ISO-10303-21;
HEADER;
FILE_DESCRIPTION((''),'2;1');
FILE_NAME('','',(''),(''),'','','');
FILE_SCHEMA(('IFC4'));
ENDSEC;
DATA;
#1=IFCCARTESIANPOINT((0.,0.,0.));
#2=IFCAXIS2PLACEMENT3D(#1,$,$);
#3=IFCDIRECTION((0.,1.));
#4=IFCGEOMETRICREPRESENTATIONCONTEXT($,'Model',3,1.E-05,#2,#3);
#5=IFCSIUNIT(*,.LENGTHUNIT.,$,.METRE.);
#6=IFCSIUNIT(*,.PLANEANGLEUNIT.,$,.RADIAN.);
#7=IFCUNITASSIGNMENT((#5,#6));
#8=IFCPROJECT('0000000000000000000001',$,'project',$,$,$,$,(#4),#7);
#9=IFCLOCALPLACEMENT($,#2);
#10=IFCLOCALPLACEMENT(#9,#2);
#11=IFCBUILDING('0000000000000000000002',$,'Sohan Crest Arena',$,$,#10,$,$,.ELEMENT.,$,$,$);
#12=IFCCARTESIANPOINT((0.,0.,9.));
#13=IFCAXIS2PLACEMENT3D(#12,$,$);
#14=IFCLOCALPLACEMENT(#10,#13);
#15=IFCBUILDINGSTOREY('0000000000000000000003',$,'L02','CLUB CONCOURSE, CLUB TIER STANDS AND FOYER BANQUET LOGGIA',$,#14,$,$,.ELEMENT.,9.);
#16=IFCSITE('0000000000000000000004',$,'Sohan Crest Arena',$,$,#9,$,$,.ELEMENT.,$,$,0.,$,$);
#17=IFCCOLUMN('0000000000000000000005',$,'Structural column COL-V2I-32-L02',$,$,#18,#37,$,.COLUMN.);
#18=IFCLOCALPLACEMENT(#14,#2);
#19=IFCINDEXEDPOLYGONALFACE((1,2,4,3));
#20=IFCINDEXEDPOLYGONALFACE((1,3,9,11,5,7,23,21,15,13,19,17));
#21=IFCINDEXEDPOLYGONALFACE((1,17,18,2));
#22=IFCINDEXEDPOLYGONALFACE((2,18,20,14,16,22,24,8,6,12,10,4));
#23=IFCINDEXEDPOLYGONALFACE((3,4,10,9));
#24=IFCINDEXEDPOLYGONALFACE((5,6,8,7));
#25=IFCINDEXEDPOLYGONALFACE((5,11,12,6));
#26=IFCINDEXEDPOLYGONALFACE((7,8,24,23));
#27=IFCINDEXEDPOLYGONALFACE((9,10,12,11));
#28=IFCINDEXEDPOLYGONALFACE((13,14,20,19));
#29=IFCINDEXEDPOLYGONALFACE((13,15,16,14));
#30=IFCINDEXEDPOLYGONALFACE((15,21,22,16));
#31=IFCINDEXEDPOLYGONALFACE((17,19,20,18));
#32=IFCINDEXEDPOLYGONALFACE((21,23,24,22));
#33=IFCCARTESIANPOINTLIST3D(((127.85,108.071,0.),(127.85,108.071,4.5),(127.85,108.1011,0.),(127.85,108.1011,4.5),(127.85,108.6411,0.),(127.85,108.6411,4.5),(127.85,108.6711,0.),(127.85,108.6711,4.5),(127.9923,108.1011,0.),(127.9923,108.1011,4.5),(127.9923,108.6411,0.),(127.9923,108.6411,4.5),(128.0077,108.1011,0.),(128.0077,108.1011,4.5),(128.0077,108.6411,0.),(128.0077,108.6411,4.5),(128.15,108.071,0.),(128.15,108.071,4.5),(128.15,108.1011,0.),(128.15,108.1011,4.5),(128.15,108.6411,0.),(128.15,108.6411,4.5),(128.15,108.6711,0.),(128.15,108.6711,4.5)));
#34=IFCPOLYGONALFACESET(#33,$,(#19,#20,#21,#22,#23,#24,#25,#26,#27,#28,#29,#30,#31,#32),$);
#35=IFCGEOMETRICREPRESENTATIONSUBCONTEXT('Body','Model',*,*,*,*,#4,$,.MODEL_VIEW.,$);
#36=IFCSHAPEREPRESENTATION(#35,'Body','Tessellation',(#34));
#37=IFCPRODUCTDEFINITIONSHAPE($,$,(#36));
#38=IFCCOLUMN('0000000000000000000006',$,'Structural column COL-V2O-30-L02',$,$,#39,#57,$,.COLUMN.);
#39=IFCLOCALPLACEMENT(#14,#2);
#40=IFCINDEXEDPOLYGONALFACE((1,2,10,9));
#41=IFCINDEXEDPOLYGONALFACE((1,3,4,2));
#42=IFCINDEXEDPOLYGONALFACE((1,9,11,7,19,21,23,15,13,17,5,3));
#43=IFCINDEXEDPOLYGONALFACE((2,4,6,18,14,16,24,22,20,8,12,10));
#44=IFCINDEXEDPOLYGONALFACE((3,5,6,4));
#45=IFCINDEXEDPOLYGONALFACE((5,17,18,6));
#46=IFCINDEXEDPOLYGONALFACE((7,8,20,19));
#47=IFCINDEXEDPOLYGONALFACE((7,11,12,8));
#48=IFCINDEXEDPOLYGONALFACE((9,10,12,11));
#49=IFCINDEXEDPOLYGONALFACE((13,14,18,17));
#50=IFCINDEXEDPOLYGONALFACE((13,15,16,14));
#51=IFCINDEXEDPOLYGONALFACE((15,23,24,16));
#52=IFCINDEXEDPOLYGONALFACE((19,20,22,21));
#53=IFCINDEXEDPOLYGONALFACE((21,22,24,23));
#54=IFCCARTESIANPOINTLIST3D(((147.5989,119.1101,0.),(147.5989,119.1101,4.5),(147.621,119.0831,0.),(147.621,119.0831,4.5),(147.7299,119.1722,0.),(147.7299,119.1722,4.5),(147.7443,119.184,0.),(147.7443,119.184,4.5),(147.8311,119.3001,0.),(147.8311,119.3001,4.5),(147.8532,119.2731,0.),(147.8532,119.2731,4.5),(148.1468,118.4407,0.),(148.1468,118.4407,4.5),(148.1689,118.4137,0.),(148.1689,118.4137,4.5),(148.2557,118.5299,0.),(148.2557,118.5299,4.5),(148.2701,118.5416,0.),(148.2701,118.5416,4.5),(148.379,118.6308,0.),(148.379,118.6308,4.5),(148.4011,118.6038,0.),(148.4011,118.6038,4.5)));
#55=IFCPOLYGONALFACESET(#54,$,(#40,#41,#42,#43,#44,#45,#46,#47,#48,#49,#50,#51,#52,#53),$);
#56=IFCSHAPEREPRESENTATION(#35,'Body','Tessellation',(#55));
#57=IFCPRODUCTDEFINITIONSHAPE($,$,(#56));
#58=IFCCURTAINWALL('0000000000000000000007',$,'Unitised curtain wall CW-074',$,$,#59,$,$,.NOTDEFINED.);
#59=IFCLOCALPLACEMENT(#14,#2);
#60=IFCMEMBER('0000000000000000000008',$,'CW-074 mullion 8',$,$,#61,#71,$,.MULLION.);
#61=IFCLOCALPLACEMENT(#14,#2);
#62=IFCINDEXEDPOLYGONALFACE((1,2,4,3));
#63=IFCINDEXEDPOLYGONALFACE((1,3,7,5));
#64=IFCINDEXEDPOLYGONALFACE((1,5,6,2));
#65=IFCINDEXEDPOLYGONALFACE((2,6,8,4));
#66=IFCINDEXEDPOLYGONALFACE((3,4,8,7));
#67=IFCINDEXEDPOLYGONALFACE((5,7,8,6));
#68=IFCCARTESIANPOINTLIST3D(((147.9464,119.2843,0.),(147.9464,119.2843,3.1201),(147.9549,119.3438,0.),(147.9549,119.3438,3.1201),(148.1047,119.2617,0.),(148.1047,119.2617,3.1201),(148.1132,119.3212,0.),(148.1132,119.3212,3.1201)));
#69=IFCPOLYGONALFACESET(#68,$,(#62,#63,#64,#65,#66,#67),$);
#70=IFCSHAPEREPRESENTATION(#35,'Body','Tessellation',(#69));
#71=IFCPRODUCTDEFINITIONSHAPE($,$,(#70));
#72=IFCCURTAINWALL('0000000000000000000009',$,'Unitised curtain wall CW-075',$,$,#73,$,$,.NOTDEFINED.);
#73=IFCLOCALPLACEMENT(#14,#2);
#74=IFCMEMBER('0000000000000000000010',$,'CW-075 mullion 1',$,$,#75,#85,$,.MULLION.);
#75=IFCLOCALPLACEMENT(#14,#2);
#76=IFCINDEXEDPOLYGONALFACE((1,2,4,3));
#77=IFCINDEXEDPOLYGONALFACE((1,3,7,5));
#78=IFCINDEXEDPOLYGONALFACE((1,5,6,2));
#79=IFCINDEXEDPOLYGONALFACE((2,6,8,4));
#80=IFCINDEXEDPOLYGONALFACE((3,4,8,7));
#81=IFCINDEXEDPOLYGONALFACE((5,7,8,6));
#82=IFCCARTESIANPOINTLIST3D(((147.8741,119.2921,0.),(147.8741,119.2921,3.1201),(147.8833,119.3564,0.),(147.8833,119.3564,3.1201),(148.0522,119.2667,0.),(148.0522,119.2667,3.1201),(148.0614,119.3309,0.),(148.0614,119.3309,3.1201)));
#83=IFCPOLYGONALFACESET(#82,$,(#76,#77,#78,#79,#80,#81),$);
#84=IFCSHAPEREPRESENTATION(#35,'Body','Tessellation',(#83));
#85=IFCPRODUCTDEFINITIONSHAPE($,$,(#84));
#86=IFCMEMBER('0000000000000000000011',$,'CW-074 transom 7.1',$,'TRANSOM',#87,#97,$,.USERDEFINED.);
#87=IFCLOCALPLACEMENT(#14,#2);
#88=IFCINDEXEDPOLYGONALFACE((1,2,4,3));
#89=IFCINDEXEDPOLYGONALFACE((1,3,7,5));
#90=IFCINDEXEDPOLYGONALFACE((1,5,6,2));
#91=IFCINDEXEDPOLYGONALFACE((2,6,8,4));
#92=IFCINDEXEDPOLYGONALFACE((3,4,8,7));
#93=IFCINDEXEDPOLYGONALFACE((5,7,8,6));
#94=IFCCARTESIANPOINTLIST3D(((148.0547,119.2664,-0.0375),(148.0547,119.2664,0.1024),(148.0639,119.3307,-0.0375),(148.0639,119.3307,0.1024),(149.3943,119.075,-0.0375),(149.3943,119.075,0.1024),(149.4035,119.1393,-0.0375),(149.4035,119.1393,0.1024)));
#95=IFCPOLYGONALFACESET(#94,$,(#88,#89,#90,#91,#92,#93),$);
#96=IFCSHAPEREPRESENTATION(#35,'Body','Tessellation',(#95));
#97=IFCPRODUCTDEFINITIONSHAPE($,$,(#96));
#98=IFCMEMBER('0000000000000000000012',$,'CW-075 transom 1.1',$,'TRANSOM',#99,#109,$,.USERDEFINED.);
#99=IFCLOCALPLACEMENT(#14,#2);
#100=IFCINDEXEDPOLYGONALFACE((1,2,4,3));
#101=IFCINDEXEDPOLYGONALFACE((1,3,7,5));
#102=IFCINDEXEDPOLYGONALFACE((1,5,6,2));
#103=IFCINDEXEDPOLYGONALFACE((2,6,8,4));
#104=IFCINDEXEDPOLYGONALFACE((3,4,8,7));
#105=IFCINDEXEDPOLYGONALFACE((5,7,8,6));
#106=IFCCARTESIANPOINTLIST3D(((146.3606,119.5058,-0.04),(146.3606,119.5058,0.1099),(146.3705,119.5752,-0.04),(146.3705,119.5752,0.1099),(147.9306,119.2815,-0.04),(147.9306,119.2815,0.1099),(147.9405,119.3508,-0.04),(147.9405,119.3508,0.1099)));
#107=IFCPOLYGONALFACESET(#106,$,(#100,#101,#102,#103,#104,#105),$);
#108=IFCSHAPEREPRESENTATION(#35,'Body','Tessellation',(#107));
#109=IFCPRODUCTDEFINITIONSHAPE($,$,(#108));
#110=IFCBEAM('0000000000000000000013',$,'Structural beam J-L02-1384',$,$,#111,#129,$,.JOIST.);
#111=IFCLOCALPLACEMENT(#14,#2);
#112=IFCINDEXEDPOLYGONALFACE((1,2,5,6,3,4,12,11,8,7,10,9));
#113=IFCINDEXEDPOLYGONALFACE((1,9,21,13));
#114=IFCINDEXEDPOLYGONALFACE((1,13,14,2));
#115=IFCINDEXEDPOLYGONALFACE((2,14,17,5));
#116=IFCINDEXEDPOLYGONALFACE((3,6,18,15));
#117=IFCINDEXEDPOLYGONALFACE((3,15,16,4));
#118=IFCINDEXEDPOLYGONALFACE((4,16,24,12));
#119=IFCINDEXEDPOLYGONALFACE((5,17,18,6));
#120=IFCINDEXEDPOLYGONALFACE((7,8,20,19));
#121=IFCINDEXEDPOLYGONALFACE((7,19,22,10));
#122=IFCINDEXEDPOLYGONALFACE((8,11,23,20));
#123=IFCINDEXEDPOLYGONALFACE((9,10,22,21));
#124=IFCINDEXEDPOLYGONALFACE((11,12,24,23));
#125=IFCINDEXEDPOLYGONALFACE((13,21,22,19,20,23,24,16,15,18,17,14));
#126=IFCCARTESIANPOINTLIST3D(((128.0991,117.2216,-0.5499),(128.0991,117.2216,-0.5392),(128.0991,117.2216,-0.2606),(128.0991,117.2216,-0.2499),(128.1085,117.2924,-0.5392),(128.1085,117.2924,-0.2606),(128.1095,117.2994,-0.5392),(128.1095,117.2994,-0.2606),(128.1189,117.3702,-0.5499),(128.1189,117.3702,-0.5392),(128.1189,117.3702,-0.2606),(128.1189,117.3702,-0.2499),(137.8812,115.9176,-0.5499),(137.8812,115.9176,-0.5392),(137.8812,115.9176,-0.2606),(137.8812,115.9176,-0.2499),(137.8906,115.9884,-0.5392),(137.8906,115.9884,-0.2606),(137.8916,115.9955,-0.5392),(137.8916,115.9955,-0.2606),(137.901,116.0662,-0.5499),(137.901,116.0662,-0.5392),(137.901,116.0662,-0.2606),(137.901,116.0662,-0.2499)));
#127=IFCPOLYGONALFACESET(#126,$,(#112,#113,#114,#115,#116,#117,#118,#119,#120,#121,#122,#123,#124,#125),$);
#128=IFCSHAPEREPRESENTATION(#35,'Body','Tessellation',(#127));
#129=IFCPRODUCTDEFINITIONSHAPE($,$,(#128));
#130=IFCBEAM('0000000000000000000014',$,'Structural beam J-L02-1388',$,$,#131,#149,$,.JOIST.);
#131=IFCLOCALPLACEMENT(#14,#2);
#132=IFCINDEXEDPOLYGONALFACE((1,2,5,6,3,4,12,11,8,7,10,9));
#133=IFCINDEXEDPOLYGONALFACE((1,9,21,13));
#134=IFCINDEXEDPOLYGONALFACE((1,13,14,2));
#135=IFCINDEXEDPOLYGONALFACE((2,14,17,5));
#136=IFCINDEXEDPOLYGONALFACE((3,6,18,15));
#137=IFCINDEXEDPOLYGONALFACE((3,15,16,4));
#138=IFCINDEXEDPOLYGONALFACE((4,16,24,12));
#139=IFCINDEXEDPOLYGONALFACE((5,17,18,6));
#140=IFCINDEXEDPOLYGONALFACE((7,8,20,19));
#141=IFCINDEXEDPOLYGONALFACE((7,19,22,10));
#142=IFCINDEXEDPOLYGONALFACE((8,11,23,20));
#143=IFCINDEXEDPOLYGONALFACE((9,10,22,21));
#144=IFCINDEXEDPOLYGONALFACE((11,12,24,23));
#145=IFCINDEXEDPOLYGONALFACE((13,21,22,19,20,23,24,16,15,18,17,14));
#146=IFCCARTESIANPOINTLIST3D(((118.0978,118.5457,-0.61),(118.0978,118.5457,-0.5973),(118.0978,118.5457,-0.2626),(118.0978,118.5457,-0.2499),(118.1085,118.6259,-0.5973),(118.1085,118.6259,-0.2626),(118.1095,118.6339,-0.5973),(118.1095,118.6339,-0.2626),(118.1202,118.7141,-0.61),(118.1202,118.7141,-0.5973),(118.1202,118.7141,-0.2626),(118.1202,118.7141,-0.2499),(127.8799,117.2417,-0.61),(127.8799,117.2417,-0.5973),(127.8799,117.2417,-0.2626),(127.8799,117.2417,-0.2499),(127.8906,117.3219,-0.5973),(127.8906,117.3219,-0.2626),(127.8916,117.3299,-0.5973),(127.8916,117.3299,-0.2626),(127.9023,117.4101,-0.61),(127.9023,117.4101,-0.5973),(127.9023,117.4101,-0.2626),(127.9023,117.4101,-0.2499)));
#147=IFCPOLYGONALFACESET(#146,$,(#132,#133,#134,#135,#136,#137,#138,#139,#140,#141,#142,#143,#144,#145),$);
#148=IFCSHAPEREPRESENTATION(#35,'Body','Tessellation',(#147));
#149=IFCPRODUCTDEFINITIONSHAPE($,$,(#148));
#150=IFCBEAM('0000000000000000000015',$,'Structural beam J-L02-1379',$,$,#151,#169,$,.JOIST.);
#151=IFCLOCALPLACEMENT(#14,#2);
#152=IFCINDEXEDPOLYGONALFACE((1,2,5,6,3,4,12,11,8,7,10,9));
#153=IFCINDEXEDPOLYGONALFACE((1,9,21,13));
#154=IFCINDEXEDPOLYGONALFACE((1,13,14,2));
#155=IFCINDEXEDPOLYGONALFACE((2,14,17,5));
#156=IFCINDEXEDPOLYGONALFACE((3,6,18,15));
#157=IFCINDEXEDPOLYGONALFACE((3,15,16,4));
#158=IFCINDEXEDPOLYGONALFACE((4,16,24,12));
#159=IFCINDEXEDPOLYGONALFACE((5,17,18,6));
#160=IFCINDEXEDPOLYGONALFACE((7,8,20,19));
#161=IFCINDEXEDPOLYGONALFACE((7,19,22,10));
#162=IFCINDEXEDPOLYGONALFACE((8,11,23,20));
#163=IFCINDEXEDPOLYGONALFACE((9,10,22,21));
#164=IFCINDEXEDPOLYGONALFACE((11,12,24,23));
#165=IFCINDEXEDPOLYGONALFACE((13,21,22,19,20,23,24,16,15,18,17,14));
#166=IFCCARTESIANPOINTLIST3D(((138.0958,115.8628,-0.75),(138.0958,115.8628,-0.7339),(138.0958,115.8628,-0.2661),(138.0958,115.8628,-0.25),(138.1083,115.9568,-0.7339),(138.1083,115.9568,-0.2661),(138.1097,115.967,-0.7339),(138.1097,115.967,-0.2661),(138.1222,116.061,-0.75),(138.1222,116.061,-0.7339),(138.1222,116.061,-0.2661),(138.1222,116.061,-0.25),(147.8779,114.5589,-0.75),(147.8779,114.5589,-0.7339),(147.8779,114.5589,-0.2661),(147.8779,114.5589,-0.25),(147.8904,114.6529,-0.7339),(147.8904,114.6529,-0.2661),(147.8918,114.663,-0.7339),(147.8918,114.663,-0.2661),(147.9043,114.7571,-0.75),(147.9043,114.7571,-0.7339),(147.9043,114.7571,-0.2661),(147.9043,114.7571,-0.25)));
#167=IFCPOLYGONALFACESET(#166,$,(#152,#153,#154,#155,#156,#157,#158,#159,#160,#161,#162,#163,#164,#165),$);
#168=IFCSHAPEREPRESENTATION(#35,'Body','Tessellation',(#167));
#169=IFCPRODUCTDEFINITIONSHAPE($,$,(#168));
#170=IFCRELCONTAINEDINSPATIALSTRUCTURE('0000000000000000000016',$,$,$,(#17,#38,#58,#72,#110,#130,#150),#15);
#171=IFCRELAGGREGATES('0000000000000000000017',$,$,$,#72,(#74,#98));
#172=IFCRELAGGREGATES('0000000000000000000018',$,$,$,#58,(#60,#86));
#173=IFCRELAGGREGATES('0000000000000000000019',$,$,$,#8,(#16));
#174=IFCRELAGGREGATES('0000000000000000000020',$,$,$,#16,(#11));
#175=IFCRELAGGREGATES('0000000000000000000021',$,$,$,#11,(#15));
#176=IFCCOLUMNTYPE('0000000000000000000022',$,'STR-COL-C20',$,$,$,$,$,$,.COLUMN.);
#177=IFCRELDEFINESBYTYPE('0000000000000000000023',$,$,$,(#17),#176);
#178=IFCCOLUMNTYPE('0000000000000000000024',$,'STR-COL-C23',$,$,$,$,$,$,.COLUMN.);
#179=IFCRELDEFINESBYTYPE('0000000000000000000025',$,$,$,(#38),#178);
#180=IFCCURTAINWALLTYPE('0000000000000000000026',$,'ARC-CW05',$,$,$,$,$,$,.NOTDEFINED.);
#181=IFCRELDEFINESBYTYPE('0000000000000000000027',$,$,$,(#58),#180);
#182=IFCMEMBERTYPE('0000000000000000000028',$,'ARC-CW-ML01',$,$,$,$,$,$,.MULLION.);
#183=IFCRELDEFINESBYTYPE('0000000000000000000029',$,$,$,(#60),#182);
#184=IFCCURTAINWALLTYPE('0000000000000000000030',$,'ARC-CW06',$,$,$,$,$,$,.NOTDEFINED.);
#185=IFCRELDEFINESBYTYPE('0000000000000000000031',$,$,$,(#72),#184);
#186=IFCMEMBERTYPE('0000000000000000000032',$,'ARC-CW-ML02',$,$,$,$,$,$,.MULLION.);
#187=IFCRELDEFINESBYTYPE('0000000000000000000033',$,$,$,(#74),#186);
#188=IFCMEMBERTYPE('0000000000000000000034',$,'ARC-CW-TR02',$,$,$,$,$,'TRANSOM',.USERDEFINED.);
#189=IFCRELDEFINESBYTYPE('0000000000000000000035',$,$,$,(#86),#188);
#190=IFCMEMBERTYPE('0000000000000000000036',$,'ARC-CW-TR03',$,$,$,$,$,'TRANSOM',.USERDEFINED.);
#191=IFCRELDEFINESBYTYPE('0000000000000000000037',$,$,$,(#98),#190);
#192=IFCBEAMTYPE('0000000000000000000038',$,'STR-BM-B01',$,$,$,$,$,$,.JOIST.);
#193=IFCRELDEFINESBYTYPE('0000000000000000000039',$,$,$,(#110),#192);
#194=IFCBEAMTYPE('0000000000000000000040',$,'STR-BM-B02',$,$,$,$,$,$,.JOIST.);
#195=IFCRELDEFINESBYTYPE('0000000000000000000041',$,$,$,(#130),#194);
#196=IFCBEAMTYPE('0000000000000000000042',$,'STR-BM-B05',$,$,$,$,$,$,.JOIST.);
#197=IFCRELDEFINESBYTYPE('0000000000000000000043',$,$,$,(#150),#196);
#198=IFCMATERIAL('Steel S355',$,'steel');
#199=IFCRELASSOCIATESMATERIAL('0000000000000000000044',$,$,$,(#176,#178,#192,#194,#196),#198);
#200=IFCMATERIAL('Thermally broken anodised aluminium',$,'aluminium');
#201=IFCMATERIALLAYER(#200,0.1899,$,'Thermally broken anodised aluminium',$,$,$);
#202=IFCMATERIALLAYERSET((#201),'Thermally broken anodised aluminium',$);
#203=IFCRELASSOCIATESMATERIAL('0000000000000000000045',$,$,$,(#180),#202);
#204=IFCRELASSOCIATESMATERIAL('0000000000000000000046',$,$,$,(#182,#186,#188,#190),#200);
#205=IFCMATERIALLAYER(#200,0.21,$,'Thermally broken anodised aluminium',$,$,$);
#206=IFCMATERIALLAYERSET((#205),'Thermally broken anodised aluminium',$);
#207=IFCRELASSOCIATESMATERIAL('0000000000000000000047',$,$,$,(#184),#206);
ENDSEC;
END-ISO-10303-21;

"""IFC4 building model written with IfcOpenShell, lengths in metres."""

from ifc_helpers import new_model, si_unit, direction, frame, origin, origin_2d, place, context, subcontext, project, spatial, rectangle, i_section, extrude, material, layer, layer_set, material_profile, profile_set, type_object, element, aggregate, save


model = new_model("IFC4")

# Units and contexts
model_context = context("Model", 3, precision=1e-05, world=origin(), true_north=direction((0.0, 1.0)))
body_context = subcontext(model_context, "Body", "Model", "MODEL_VIEW")
ifc_project = project(units=[si_unit("LENGTHUNIT", "METRE"), si_unit("PLANEANGLEUNIT", "RADIAN")], contexts=[model_context])

# Site, building, storey
site_placement = place(None, origin())
site = spatial("IfcSite", under=ifc_project, at=site_placement, Name="Sohan Crest Arena", CompositionType="ELEMENT", RefElevation=0.0)
building_placement = place(site_placement, origin())
building = spatial("IfcBuilding", under=site, at=building_placement, Name="Sohan Crest Arena", CompositionType="ELEMENT")
storey_placement = place(building_placement, frame((0.0, 0.0, 9.0)))
storey = spatial("IfcBuildingStorey", under=building, at=storey_placement, Name="L02", Description="CLUB CONCOURSE, CLUB TIER STANDS AND FOYER BANQUET LOGGIA", CompositionType="ELEMENT", Elevation=9.0)

# Columns
ifc_material_1 = material(Name="Steel S355", Category="steel")
ifc_material_profile_1 = material_profile(ifc_material_1, i_section(OverallWidth=0.3, OverallDepth=0.6001, WebThickness=0.0154, FlangeThickness=0.03, at=origin_2d()), Name="HEB 600")
ifc_profile_set_1 = profile_set([ifc_material_profile_1], Name="Steel S355")
column_type_1 = type_object("IfcColumnType", Name="STR-COL-C20", PredefinedType="COLUMN", material=ifc_profile_set_1)
column_1_placement = place(storey_placement, frame((128.0, 108.3711, 0.0), z_axis=(0.0, 0.0, 1.0), x_axis=(1.0, 0.0, 0.0)))
element("IfcColumn", 1, at=column_1_placement, inside=storey, type_object=column_type_1, Name="Structural column COL-V2I-32-L02", PredefinedType="COLUMN", context=body_context, shape_type="SweptSolid", body=[
    extrude(i_section(OverallWidth=0.3, OverallDepth=0.6001, WebThickness=0.0154, FlangeThickness=0.03, at=origin_2d()), origin(), (0.0, 0.0, 1.0), 4.5),
])
ifc_material_profile_2 = material_profile(ifc_material_1, i_section(OverallWidth=0.3, OverallDepth=0.8999, WebThickness=0.0186, FlangeThickness=0.0349, at=origin_2d()), Name="HEB 900")
ifc_profile_set_2 = profile_set([ifc_material_profile_2], Name="Steel S355")
column_type_2 = type_object("IfcColumnType", Name="STR-COL-C23", PredefinedType="COLUMN", material=ifc_profile_set_2)
column_2_placement = place(storey_placement, frame((148.0, 118.8569, 0.0), z_axis=(0.0, 0.0, 1.0), x_axis=(0.77384, 0.633381, 0.0)))
element("IfcColumn", 2, at=column_2_placement, inside=storey, type_object=column_type_2, Name="Structural column COL-V2O-30-L02", PredefinedType="COLUMN", context=body_context, shape_type="SweptSolid", body=[
    extrude(i_section(OverallWidth=0.3, OverallDepth=0.8999, WebThickness=0.0186, FlangeThickness=0.0349, at=origin_2d()), origin(), (0.0, 0.0, 1.0), 4.5),
])

# Curtain walls, members
ifc_material_2 = material(Name="Thermally broken anodised aluminium", Category="aluminium")
ifc_layer_1 = layer(ifc_material_2, 0.1899, Name="Thermally broken anodised aluminium")
ifc_layer_set_1 = layer_set([ifc_layer_1], Name="Thermally broken anodised aluminium")
curtain_wall_type_1 = type_object("IfcCurtainWallType", Name="ARC-CW05", PredefinedType="NOTDEFINED", material=ifc_layer_set_1)
curtain_wall_1_placement = place(storey_placement, origin())
curtain_wall_1 = element("IfcCurtainWall", 3, at=curtain_wall_1_placement, inside=storey, type_object=curtain_wall_type_1, Name="Unitised curtain wall CW-074", PredefinedType="NOTDEFINED")
ifc_material_profile_3 = material_profile(ifc_material_2, rectangle(XDim=0.0601, YDim=0.1599, at=origin_2d()), Name="ALU-MULL 60x160")
ifc_profile_set_3 = profile_set([ifc_material_profile_3], Name="Thermally broken anodised aluminium")
member_type_1 = type_object("IfcMemberType", Name="ARC-CW-ML01", PredefinedType="MULLION", material=ifc_profile_set_3)
member_1_placement = place(storey_placement, frame((148.0298, 119.3027, 0.0), z_axis=(0.0, 0.0, 1.0), x_axis=(-0.141366, -0.989957, 0.0)))
member_1 = element("IfcMember", 4, at=member_1_placement, type_object=member_type_1, Name="CW-074 mullion 8", PredefinedType="MULLION", context=body_context, shape_type="SweptSolid", body=[
    extrude(rectangle(XDim=0.0601, YDim=0.1599, at=origin_2d()), origin(), (0.0, 0.0, 1.0), 3.1201),
])
ifc_layer_2 = layer(ifc_material_2, 0.21, Name="Thermally broken anodised aluminium")
ifc_layer_set_2 = layer_set([ifc_layer_2], Name="Thermally broken anodised aluminium")
curtain_wall_type_2 = type_object("IfcCurtainWallType", Name="ARC-CW06", PredefinedType="NOTDEFINED", material=ifc_layer_set_2)
curtain_wall_2_placement = place(storey_placement, origin())
curtain_wall_2 = element("IfcCurtainWall", 5, at=curtain_wall_2_placement, inside=storey, type_object=curtain_wall_type_2, Name="Unitised curtain wall CW-075", PredefinedType="NOTDEFINED")
ifc_material_profile_4 = material_profile(ifc_material_2, rectangle(XDim=0.0649, YDim=0.1799, at=origin_2d()), Name="ALU-MULL 65x180")
ifc_profile_set_4 = profile_set([ifc_material_profile_4], Name="Thermally broken anodised aluminium")
member_type_2 = type_object("IfcMemberType", Name="ARC-CW-ML02", PredefinedType="MULLION", material=ifc_profile_set_4)
member_2_placement = place(storey_placement, frame((147.9678, 119.3115, 0.0), z_axis=(0.0, 0.0, 1.0), x_axis=(-0.141463, -0.989944, 0.0)))
member_2 = element("IfcMember", 6, at=member_2_placement, type_object=member_type_2, Name="CW-075 mullion 1", PredefinedType="MULLION", context=body_context, shape_type="SweptSolid", body=[
    extrude(rectangle(XDim=0.0649, YDim=0.1799, at=origin_2d()), origin(), (0.0, 0.0, 1.0), 3.1201),
])

# Members
ifc_material_profile_5 = material_profile(ifc_material_2, rectangle(XDim=0.0649, YDim=0.1399, at=origin_2d()), Name="ALU-TRAN 65x140")
ifc_profile_set_5 = profile_set([ifc_material_profile_5], Name="Thermally broken anodised aluminium")
member_type_3 = type_object("IfcMemberType", Name="ARC-CW-TR02", ElementType="TRANSOM", PredefinedType="USERDEFINED", material=ifc_profile_set_5)
member_3_placement = place(storey_placement, frame((149.3989, 119.1072, 0.0325), z_axis=(-0.989946, 0.141447, 0.0), x_axis=(-0.141447, -0.989946, 0.0)))
member_3 = element("IfcMember", 7, at=member_3_placement, type_object=member_type_3, Name="CW-074 transom 7.1", ObjectType="TRANSOM", PredefinedType="USERDEFINED", context=body_context, shape_type="SweptSolid", body=[
    extrude(rectangle(XDim=0.0649, YDim=0.1399, at=origin_2d()), origin(), (0.0, 0.0, 1.0), 1.3533),
])
ifc_material_profile_6 = material_profile(ifc_material_2, rectangle(XDim=0.0701, YDim=0.1499, at=origin_2d()), Name="ALU-TRAN 70x150")
ifc_profile_set_6 = profile_set([ifc_material_profile_6], Name="Thermally broken anodised aluminium")
member_type_4 = type_object("IfcMemberType", Name="ARC-CW-TR03", ElementType="TRANSOM", PredefinedType="USERDEFINED", material=ifc_profile_set_6)
member_4_placement = place(storey_placement, frame((147.9355, 119.3162, 0.0349), z_axis=(-0.989943, 0.141464, 0.0), x_axis=(-0.141464, -0.989943, 0.0)))
member_4 = element("IfcMember", 8, at=member_4_placement, type_object=member_type_4, Name="CW-075 transom 1.1", ObjectType="TRANSOM", PredefinedType="USERDEFINED", context=body_context, shape_type="SweptSolid", body=[
    extrude(rectangle(XDim=0.0701, YDim=0.1499, at=origin_2d()), origin(), (0.0, 0.0, 1.0), 1.5859),
])
aggregate(curtain_wall_2, [member_2, member_4])

# Beams
ifc_material_profile_7 = material_profile(ifc_material_1, i_section(OverallWidth=0.1499, OverallDepth=0.3, WebThickness=0.0071, FlangeThickness=0.0107, at=origin_2d()), Name="IPE 300")
ifc_profile_set_7 = profile_set([ifc_material_profile_7], Name="Steel S355")
beam_type_1 = type_object("IfcBeamType", Name="STR-BM-B01", PredefinedType="JOIST", material=ifc_profile_set_7)
beam_1_placement = place(storey_placement, frame((137.8911, 115.9919, -0.3999), z_axis=(-0.991232, 0.13213, 0.0), x_axis=(-0.13213, -0.991232, 0.0)))
element("IfcBeam", 9, at=beam_1_placement, inside=storey, type_object=beam_type_1, Name="Structural beam J-L02-1384", PredefinedType="JOIST", context=body_context, shape_type="SweptSolid", body=[
    extrude(i_section(OverallWidth=0.1499, OverallDepth=0.3, WebThickness=0.0071, FlangeThickness=0.0107, at=origin_2d()), origin(), (0.0, 0.0, 1.0), 9.8687),
])
ifc_material_profile_8 = material_profile(ifc_material_1, i_section(OverallWidth=0.1699, OverallDepth=0.3601, WebThickness=0.0081, FlangeThickness=0.0127, at=origin_2d()), Name="IPE 360")
ifc_profile_set_8 = profile_set([ifc_material_profile_8], Name="Steel S355")
beam_type_2 = type_object("IfcBeamType", Name="STR-BM-B02", PredefinedType="JOIST", material=ifc_profile_set_8)
beam_2_placement = place(storey_placement, frame((127.8911, 117.3259, -0.4299), z_axis=(-0.991232, 0.13213, 0.0), x_axis=(-0.13213, -0.991232, 0.0)))
element("IfcBeam", 10, at=beam_2_placement, inside=storey, type_object=beam_type_2, Name="Structural beam J-L02-1388", PredefinedType="JOIST", context=body_context, shape_type="SweptSolid", body=[
    extrude(i_section(OverallWidth=0.1699, OverallDepth=0.3601, WebThickness=0.0081, FlangeThickness=0.0127, at=origin_2d()), origin(), (0.0, 0.0, 1.0), 9.8687),
])
ifc_material_profile_9 = material_profile(ifc_material_1, i_section(OverallWidth=0.2, OverallDepth=0.5, WebThickness=0.0103, FlangeThickness=0.0161, at=origin_2d()), Name="IPE 500")
ifc_profile_set_9 = profile_set([ifc_material_profile_9], Name="Steel S355")
beam_type_3 = type_object("IfcBeamType", Name="STR-BM-B05", PredefinedType="JOIST", material=ifc_profile_set_9)
beam_3_placement = place(storey_placement, frame((147.8911, 114.658, -0.5), z_axis=(-0.991232, 0.13213, 0.0), x_axis=(-0.13213, -0.991232, 0.0)))
element("IfcBeam", 11, at=beam_3_placement, inside=storey, type_object=beam_type_3, Name="Structural beam J-L02-1379", PredefinedType="JOIST", context=body_context, shape_type="SweptSolid", body=[
    extrude(i_section(OverallWidth=0.2, OverallDepth=0.5, WebThickness=0.0103, FlangeThickness=0.0161, at=origin_2d()), origin(), (0.0, 0.0, 1.0), 9.8687),
])

aggregate(curtain_wall_1, [member_1, member_3])

save(model, "model.ifc")
